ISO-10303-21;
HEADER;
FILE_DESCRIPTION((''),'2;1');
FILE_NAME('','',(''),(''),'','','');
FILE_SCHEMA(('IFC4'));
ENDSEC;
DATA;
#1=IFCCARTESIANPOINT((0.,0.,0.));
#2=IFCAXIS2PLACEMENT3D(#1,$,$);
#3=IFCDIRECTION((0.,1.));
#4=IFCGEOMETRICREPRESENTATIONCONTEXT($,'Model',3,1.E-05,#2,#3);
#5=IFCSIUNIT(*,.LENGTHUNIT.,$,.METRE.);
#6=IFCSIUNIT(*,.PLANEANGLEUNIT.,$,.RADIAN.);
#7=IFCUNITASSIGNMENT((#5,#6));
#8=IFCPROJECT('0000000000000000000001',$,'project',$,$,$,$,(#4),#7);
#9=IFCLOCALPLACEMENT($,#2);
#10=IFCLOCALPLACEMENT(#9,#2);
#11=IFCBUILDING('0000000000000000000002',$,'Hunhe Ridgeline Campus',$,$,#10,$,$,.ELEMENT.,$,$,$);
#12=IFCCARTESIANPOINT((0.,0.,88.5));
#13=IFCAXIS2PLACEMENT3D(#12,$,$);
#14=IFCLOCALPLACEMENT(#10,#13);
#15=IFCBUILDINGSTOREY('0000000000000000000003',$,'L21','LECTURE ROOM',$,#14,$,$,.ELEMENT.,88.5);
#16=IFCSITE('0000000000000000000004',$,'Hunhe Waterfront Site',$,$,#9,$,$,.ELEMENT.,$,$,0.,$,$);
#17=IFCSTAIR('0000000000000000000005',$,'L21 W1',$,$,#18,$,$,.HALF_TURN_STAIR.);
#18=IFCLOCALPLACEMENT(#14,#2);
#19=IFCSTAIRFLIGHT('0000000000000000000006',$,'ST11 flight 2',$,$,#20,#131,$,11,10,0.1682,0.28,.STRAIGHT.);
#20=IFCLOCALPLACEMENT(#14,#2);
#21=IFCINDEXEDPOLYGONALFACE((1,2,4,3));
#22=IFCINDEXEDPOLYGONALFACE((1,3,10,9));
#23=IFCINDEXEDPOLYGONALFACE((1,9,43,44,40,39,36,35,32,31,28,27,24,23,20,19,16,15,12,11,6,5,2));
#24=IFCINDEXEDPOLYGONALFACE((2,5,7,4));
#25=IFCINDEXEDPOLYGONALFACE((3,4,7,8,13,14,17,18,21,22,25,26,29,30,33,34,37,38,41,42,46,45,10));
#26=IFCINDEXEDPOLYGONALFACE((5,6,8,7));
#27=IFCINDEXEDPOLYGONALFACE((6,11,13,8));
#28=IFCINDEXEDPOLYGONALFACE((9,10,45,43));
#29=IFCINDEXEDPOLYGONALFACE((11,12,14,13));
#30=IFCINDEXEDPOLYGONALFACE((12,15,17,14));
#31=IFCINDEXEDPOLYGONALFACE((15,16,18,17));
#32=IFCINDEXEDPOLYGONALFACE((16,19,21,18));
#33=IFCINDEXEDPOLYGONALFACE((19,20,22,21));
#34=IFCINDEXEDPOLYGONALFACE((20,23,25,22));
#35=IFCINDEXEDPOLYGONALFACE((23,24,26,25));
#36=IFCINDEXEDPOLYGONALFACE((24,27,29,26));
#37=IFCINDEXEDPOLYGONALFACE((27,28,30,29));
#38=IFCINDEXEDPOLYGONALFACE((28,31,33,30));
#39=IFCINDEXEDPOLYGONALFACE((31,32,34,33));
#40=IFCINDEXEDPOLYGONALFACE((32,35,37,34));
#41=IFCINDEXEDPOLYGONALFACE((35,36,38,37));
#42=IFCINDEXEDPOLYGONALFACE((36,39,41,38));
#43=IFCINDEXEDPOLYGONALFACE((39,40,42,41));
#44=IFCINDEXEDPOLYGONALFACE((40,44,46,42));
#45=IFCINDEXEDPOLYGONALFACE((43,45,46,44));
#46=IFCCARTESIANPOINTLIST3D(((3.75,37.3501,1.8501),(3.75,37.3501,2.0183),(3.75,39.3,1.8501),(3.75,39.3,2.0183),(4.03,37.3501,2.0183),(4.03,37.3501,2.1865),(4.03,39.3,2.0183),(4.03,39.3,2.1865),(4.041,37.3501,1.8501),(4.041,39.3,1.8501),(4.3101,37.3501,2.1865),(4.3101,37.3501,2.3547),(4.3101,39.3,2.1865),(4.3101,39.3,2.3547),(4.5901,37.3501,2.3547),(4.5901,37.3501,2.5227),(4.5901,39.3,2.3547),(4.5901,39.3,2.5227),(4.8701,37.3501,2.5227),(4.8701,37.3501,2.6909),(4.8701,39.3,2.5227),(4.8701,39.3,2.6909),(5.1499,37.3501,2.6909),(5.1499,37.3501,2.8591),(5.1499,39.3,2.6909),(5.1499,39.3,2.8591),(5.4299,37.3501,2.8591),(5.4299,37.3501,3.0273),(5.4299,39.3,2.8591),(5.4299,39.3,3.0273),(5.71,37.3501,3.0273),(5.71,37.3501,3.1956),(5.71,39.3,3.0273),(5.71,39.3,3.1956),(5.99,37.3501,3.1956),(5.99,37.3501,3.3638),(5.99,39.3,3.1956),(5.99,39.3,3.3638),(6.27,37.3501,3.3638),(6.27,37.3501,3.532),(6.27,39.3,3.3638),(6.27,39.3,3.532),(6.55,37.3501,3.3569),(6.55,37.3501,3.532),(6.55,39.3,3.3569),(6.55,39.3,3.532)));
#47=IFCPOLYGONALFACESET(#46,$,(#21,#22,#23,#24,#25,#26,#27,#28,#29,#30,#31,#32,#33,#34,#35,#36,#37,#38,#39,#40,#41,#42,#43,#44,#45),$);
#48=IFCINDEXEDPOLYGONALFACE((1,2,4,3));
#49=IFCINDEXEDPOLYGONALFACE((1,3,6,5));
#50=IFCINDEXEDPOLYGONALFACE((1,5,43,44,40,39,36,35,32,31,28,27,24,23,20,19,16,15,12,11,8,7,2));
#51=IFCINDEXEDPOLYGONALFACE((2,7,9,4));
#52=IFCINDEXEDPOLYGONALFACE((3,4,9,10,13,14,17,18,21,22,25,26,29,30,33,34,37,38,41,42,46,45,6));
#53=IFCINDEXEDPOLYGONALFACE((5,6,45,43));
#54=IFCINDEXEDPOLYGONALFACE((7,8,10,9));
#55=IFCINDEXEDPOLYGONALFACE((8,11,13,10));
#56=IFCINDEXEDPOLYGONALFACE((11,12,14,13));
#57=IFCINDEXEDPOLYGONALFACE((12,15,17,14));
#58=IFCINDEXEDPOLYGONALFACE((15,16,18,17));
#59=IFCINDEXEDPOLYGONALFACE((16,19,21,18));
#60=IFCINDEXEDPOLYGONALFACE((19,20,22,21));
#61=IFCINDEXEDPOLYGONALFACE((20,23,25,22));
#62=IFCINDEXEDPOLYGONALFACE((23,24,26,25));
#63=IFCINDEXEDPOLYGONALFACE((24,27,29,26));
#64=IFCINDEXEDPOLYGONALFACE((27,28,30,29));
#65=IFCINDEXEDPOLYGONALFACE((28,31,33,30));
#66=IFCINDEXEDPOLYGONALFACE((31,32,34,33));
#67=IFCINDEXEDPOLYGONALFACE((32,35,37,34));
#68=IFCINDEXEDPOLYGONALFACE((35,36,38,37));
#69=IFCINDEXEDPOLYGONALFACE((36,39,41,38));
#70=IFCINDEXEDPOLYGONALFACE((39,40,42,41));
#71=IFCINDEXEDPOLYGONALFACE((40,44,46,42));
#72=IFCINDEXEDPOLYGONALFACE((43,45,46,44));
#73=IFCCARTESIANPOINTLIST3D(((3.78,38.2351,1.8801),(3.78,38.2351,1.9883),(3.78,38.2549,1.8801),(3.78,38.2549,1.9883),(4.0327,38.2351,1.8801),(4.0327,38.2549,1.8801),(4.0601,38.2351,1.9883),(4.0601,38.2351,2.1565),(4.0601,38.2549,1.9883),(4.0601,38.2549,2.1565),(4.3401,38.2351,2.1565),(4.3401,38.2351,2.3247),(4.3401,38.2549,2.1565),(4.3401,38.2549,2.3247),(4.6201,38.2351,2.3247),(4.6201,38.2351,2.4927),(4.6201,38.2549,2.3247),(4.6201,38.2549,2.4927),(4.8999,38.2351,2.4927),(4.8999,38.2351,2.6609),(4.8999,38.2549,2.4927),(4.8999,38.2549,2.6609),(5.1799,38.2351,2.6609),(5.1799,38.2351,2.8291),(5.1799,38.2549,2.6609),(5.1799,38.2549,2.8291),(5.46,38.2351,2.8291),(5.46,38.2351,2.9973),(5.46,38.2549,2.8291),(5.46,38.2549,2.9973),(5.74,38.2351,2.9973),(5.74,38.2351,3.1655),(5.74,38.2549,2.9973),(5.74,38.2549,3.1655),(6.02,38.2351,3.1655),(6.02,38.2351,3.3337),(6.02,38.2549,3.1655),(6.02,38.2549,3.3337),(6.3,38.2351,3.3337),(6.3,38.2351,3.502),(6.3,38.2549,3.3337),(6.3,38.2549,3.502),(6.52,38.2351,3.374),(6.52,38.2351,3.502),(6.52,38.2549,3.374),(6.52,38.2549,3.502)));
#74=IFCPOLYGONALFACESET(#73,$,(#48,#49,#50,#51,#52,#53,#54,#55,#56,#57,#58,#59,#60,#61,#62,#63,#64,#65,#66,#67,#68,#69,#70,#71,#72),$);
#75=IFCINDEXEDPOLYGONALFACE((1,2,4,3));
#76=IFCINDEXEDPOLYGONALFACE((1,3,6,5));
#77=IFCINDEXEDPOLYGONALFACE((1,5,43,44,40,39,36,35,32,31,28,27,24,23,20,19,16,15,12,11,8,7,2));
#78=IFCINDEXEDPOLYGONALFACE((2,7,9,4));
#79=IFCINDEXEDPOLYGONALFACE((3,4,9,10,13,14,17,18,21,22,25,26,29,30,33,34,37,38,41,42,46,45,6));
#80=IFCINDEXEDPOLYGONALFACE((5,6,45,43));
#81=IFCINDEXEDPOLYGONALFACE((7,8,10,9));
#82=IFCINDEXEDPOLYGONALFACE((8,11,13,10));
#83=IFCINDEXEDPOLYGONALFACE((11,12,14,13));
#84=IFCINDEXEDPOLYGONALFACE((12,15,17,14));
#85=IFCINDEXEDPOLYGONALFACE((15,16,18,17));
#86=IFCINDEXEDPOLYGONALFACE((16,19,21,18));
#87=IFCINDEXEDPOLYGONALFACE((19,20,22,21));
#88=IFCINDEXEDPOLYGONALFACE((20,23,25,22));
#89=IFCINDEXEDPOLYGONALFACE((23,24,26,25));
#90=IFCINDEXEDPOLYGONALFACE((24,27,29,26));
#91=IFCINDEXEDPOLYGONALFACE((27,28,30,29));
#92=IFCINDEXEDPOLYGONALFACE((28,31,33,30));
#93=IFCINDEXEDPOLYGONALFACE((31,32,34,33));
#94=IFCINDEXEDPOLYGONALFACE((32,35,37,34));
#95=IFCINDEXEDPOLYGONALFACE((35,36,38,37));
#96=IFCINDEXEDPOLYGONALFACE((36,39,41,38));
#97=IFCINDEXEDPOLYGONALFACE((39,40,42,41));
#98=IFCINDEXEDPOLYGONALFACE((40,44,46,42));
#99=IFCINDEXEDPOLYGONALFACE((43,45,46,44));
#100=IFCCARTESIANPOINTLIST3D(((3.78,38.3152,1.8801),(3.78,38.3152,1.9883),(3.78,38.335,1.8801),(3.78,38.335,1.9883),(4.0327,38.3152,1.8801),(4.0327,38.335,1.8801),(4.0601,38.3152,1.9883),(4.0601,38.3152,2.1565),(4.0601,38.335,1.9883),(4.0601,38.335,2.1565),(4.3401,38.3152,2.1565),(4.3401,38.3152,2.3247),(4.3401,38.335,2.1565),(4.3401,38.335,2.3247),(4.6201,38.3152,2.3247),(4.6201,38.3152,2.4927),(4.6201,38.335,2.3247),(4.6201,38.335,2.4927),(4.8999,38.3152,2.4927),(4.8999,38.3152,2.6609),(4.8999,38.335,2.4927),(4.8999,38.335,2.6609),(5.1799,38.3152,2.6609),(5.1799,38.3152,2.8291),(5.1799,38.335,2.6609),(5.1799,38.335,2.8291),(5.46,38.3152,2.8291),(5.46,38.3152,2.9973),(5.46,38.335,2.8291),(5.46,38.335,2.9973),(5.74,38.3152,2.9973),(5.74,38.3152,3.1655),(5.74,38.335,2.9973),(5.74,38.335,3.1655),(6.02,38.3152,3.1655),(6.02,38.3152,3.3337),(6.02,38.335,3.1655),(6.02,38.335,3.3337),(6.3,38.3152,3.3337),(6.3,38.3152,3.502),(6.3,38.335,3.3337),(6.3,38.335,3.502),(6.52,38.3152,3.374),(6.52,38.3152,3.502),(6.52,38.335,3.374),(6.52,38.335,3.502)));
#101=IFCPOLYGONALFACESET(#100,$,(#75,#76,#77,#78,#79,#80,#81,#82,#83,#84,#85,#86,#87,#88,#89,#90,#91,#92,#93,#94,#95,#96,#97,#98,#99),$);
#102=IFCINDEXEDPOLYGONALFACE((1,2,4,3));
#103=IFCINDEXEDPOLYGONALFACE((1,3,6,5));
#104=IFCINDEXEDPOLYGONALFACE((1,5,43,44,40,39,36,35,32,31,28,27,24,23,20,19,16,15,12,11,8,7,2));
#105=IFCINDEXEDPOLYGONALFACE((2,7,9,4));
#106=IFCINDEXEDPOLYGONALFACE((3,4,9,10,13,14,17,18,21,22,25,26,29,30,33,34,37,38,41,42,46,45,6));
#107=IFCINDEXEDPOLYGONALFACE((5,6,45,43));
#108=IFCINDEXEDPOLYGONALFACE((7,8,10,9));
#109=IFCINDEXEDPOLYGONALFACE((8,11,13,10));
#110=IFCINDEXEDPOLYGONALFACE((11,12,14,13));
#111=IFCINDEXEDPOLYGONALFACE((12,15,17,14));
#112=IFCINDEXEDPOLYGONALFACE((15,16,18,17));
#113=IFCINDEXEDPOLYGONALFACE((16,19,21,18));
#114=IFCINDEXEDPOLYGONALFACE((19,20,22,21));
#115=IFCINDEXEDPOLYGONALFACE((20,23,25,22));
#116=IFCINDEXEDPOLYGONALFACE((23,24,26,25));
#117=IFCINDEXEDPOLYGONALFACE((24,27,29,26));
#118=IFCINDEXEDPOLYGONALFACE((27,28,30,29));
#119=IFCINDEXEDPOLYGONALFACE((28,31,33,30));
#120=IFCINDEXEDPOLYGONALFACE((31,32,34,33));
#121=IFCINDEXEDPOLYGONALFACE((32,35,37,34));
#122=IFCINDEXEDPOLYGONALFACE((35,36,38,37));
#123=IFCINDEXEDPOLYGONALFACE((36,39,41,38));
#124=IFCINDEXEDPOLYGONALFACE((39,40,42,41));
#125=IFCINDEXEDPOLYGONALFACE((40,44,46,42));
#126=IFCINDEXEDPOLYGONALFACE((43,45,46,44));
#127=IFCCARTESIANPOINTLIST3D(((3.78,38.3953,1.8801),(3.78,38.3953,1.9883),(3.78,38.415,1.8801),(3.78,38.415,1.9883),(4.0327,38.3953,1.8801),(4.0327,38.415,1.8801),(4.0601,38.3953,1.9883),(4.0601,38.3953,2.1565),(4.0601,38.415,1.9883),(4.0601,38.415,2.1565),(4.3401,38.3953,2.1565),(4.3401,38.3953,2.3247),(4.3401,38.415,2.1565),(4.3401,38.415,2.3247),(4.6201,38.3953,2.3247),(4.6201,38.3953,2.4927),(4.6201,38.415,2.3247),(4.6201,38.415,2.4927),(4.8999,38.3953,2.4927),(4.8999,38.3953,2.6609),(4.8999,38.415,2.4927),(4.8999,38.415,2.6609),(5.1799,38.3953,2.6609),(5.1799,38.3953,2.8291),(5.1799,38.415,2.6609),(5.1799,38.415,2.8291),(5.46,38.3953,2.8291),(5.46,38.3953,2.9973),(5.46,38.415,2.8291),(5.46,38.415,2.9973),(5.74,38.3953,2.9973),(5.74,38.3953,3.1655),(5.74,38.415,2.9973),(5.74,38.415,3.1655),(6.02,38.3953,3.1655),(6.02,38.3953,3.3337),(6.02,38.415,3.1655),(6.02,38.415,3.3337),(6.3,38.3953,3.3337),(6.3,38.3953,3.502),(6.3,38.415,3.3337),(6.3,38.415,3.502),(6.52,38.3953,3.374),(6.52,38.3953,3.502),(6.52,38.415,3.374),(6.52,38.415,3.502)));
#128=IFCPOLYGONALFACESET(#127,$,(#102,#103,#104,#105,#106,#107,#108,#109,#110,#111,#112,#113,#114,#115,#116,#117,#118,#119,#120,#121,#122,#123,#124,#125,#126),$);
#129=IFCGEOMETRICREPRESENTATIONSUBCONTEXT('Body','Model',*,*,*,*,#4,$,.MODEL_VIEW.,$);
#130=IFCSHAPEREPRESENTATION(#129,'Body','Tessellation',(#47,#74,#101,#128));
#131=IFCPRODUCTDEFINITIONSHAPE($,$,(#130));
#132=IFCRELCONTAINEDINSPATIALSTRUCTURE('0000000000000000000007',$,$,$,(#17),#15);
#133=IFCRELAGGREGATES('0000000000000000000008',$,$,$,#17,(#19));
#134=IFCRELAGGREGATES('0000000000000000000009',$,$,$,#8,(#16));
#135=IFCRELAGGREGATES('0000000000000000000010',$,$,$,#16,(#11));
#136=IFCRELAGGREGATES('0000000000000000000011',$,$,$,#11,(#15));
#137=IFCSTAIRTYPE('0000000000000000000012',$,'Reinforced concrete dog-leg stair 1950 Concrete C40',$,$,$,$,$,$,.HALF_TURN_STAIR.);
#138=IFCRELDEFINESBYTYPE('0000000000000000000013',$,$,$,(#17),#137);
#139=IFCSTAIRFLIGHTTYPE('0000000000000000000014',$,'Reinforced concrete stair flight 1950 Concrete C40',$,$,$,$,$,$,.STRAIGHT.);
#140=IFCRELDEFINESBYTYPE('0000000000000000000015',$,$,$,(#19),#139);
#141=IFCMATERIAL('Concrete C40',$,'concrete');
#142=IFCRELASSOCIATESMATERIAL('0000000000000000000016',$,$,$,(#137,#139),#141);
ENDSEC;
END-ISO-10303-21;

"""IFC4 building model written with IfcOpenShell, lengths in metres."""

from ifc_helpers import new_model, si_unit, direction, frame, origin, place, context, subcontext, project, spatial, polyline, outline, extrude, material, type_object, element, aggregate, save


model = new_model("IFC4")

# Units and contexts
model_context = context("Model", 3, precision=1e-05, world=origin(), true_north=direction((0.0, 1.0)))
body_context = subcontext(model_context, "Body", "Model", "MODEL_VIEW")
ifc_project = project(units=[si_unit("LENGTHUNIT", "METRE"), si_unit("PLANEANGLEUNIT", "RADIAN")], contexts=[model_context])

# Site, building, storey
site_placement = place(None, origin())
site = spatial("IfcSite", under=ifc_project, at=site_placement, Name="Hunhe Waterfront Site", CompositionType="ELEMENT", RefElevation=0.0)
building_placement = place(site_placement, origin())
building = spatial("IfcBuilding", under=site, at=building_placement, Name="Hunhe Ridgeline Campus", CompositionType="ELEMENT")
storey_placement = place(building_placement, frame((0.0, 0.0, 88.5)))
storey = spatial("IfcBuildingStorey", under=building, at=storey_placement, Name="L21", Description="LECTURE ROOM", CompositionType="ELEMENT", Elevation=88.5)

# Shared definitions
ifc_material_1 = material(Name="Concrete C40", Category="concrete")
stair_type = type_object("IfcStairType", Name="Reinforced concrete dog-leg stair 1950 Concrete C40", PredefinedType="HALF_TURN_STAIR", material=ifc_material_1)
stair_flight_type = type_object("IfcStairFlightType", Name="Reinforced concrete stair flight 1950 Concrete C40", PredefinedType="STRAIGHT", material=ifc_material_1)

# Stair, stair flight
stair_1_placement = place(storey_placement, origin())
stair_1 = element("IfcStair", 1, at=stair_1_placement, inside=storey, type_object=stair_type, Name="L21 W1", PredefinedType="HALF_TURN_STAIR")
stair_flight_1_placement = place(storey_placement, frame((3.75, 38.325, 1.8501), z_axis=(0.0, 0.0, 1.0), x_axis=(1.0, 0.0, 0.0)))
stair_flight_1 = element("IfcStairFlight", 2, at=stair_flight_1_placement, type_object=stair_flight_type, Name="ST11 flight 2", NumberOfRisers=11, NumberOfTreads=10, PredefinedType="STRAIGHT", RiserHeight=0.1682, TreadLength=0.28, context=body_context, shape_type="SweptSolid", body=[
    extrude(outline(polyline([(0.0, 0.0), (0.0, 0.1682), (0.28, 0.1682), (0.28, 0.3364), (0.5601, 0.3364), (0.5601, 0.5046), (0.8401, 0.5046), (0.8401, 0.6726), (1.1201, 0.6726), (1.1201, 0.8408), (1.3999, 0.8408), (1.3999, 1.009), (1.6799, 1.009), (1.6799, 1.1772), (1.96, 1.1772), (1.96, 1.3455), (2.24, 1.3455), (2.24, 1.5137), (2.52, 1.5137), (2.52, 1.6819), (2.8, 1.6819), (2.8, 1.8501), (2.8, 1.5068), (0.291, 0.0), (0.0, 0.0)])), frame((0.0, 0.9751, 0.0), z_axis=(0.0, -1.0, 0.0), x_axis=(1.0, 0.0, 0.0)), (0.0, 0.0, 1.0), 1.95),
    extrude(outline(polyline([(0.03, 0.03), (0.03, 0.1382), (0.3101, 0.1382), (0.3101, 0.3064), (0.5901, 0.3064), (0.5901, 0.4746), (0.8701, 0.4746), (0.8701, 0.6426), (1.1499, 0.6426), (1.1499, 0.8108), (1.4299, 0.8108), (1.4299, 0.979), (1.71, 0.979), (1.71, 1.1472), (1.99, 1.1472), (1.99, 1.3154), (2.27, 1.3154), (2.27, 1.4836), (2.55, 1.4836), (2.55, 1.6519), (2.77, 1.6519), (2.77, 1.5239), (0.2827, 0.03), (0.03, 0.03)])), frame((0.0, -0.0701, 0.0), z_axis=(0.0, -1.0, 0.0), x_axis=(1.0, 0.0, 0.0)), (0.0, 0.0, 1.0), 0.0198),
    extrude(outline(polyline([(0.03, 0.03), (0.03, 0.1382), (0.3101, 0.1382), (0.3101, 0.3064), (0.5901, 0.3064), (0.5901, 0.4746), (0.8701, 0.4746), (0.8701, 0.6426), (1.1499, 0.6426), (1.1499, 0.8108), (1.4299, 0.8108), (1.4299, 0.979), (1.71, 0.979), (1.71, 1.1472), (1.99, 1.1472), (1.99, 1.3154), (2.27, 1.3154), (2.27, 1.4836), (2.55, 1.4836), (2.55, 1.6519), (2.77, 1.6519), (2.77, 1.5239), (0.2827, 0.03), (0.03, 0.03)])), frame((0.0, 0.01, 0.0), z_axis=(0.0, -1.0, 0.0), x_axis=(1.0, 0.0, 0.0)), (0.0, 0.0, 1.0), 0.0198),
    extrude(outline(polyline([(0.03, 0.03), (0.03, 0.1382), (0.3101, 0.1382), (0.3101, 0.3064), (0.5901, 0.3064), (0.5901, 0.4746), (0.8701, 0.4746), (0.8701, 0.6426), (1.1499, 0.6426), (1.1499, 0.8108), (1.4299, 0.8108), (1.4299, 0.979), (1.71, 0.979), (1.71, 1.1472), (1.99, 1.1472), (1.99, 1.3154), (2.27, 1.3154), (2.27, 1.4836), (2.55, 1.4836), (2.55, 1.6519), (2.77, 1.6519), (2.77, 1.5239), (0.2827, 0.03), (0.03, 0.03)])), frame((0.0, 0.0901, 0.0), z_axis=(0.0, -1.0, 0.0), x_axis=(1.0, 0.0, 0.0)), (0.0, 0.0, 1.0), 0.0198),
])
aggregate(stair_1, [stair_flight_1])

save(model, "model.ifc")
